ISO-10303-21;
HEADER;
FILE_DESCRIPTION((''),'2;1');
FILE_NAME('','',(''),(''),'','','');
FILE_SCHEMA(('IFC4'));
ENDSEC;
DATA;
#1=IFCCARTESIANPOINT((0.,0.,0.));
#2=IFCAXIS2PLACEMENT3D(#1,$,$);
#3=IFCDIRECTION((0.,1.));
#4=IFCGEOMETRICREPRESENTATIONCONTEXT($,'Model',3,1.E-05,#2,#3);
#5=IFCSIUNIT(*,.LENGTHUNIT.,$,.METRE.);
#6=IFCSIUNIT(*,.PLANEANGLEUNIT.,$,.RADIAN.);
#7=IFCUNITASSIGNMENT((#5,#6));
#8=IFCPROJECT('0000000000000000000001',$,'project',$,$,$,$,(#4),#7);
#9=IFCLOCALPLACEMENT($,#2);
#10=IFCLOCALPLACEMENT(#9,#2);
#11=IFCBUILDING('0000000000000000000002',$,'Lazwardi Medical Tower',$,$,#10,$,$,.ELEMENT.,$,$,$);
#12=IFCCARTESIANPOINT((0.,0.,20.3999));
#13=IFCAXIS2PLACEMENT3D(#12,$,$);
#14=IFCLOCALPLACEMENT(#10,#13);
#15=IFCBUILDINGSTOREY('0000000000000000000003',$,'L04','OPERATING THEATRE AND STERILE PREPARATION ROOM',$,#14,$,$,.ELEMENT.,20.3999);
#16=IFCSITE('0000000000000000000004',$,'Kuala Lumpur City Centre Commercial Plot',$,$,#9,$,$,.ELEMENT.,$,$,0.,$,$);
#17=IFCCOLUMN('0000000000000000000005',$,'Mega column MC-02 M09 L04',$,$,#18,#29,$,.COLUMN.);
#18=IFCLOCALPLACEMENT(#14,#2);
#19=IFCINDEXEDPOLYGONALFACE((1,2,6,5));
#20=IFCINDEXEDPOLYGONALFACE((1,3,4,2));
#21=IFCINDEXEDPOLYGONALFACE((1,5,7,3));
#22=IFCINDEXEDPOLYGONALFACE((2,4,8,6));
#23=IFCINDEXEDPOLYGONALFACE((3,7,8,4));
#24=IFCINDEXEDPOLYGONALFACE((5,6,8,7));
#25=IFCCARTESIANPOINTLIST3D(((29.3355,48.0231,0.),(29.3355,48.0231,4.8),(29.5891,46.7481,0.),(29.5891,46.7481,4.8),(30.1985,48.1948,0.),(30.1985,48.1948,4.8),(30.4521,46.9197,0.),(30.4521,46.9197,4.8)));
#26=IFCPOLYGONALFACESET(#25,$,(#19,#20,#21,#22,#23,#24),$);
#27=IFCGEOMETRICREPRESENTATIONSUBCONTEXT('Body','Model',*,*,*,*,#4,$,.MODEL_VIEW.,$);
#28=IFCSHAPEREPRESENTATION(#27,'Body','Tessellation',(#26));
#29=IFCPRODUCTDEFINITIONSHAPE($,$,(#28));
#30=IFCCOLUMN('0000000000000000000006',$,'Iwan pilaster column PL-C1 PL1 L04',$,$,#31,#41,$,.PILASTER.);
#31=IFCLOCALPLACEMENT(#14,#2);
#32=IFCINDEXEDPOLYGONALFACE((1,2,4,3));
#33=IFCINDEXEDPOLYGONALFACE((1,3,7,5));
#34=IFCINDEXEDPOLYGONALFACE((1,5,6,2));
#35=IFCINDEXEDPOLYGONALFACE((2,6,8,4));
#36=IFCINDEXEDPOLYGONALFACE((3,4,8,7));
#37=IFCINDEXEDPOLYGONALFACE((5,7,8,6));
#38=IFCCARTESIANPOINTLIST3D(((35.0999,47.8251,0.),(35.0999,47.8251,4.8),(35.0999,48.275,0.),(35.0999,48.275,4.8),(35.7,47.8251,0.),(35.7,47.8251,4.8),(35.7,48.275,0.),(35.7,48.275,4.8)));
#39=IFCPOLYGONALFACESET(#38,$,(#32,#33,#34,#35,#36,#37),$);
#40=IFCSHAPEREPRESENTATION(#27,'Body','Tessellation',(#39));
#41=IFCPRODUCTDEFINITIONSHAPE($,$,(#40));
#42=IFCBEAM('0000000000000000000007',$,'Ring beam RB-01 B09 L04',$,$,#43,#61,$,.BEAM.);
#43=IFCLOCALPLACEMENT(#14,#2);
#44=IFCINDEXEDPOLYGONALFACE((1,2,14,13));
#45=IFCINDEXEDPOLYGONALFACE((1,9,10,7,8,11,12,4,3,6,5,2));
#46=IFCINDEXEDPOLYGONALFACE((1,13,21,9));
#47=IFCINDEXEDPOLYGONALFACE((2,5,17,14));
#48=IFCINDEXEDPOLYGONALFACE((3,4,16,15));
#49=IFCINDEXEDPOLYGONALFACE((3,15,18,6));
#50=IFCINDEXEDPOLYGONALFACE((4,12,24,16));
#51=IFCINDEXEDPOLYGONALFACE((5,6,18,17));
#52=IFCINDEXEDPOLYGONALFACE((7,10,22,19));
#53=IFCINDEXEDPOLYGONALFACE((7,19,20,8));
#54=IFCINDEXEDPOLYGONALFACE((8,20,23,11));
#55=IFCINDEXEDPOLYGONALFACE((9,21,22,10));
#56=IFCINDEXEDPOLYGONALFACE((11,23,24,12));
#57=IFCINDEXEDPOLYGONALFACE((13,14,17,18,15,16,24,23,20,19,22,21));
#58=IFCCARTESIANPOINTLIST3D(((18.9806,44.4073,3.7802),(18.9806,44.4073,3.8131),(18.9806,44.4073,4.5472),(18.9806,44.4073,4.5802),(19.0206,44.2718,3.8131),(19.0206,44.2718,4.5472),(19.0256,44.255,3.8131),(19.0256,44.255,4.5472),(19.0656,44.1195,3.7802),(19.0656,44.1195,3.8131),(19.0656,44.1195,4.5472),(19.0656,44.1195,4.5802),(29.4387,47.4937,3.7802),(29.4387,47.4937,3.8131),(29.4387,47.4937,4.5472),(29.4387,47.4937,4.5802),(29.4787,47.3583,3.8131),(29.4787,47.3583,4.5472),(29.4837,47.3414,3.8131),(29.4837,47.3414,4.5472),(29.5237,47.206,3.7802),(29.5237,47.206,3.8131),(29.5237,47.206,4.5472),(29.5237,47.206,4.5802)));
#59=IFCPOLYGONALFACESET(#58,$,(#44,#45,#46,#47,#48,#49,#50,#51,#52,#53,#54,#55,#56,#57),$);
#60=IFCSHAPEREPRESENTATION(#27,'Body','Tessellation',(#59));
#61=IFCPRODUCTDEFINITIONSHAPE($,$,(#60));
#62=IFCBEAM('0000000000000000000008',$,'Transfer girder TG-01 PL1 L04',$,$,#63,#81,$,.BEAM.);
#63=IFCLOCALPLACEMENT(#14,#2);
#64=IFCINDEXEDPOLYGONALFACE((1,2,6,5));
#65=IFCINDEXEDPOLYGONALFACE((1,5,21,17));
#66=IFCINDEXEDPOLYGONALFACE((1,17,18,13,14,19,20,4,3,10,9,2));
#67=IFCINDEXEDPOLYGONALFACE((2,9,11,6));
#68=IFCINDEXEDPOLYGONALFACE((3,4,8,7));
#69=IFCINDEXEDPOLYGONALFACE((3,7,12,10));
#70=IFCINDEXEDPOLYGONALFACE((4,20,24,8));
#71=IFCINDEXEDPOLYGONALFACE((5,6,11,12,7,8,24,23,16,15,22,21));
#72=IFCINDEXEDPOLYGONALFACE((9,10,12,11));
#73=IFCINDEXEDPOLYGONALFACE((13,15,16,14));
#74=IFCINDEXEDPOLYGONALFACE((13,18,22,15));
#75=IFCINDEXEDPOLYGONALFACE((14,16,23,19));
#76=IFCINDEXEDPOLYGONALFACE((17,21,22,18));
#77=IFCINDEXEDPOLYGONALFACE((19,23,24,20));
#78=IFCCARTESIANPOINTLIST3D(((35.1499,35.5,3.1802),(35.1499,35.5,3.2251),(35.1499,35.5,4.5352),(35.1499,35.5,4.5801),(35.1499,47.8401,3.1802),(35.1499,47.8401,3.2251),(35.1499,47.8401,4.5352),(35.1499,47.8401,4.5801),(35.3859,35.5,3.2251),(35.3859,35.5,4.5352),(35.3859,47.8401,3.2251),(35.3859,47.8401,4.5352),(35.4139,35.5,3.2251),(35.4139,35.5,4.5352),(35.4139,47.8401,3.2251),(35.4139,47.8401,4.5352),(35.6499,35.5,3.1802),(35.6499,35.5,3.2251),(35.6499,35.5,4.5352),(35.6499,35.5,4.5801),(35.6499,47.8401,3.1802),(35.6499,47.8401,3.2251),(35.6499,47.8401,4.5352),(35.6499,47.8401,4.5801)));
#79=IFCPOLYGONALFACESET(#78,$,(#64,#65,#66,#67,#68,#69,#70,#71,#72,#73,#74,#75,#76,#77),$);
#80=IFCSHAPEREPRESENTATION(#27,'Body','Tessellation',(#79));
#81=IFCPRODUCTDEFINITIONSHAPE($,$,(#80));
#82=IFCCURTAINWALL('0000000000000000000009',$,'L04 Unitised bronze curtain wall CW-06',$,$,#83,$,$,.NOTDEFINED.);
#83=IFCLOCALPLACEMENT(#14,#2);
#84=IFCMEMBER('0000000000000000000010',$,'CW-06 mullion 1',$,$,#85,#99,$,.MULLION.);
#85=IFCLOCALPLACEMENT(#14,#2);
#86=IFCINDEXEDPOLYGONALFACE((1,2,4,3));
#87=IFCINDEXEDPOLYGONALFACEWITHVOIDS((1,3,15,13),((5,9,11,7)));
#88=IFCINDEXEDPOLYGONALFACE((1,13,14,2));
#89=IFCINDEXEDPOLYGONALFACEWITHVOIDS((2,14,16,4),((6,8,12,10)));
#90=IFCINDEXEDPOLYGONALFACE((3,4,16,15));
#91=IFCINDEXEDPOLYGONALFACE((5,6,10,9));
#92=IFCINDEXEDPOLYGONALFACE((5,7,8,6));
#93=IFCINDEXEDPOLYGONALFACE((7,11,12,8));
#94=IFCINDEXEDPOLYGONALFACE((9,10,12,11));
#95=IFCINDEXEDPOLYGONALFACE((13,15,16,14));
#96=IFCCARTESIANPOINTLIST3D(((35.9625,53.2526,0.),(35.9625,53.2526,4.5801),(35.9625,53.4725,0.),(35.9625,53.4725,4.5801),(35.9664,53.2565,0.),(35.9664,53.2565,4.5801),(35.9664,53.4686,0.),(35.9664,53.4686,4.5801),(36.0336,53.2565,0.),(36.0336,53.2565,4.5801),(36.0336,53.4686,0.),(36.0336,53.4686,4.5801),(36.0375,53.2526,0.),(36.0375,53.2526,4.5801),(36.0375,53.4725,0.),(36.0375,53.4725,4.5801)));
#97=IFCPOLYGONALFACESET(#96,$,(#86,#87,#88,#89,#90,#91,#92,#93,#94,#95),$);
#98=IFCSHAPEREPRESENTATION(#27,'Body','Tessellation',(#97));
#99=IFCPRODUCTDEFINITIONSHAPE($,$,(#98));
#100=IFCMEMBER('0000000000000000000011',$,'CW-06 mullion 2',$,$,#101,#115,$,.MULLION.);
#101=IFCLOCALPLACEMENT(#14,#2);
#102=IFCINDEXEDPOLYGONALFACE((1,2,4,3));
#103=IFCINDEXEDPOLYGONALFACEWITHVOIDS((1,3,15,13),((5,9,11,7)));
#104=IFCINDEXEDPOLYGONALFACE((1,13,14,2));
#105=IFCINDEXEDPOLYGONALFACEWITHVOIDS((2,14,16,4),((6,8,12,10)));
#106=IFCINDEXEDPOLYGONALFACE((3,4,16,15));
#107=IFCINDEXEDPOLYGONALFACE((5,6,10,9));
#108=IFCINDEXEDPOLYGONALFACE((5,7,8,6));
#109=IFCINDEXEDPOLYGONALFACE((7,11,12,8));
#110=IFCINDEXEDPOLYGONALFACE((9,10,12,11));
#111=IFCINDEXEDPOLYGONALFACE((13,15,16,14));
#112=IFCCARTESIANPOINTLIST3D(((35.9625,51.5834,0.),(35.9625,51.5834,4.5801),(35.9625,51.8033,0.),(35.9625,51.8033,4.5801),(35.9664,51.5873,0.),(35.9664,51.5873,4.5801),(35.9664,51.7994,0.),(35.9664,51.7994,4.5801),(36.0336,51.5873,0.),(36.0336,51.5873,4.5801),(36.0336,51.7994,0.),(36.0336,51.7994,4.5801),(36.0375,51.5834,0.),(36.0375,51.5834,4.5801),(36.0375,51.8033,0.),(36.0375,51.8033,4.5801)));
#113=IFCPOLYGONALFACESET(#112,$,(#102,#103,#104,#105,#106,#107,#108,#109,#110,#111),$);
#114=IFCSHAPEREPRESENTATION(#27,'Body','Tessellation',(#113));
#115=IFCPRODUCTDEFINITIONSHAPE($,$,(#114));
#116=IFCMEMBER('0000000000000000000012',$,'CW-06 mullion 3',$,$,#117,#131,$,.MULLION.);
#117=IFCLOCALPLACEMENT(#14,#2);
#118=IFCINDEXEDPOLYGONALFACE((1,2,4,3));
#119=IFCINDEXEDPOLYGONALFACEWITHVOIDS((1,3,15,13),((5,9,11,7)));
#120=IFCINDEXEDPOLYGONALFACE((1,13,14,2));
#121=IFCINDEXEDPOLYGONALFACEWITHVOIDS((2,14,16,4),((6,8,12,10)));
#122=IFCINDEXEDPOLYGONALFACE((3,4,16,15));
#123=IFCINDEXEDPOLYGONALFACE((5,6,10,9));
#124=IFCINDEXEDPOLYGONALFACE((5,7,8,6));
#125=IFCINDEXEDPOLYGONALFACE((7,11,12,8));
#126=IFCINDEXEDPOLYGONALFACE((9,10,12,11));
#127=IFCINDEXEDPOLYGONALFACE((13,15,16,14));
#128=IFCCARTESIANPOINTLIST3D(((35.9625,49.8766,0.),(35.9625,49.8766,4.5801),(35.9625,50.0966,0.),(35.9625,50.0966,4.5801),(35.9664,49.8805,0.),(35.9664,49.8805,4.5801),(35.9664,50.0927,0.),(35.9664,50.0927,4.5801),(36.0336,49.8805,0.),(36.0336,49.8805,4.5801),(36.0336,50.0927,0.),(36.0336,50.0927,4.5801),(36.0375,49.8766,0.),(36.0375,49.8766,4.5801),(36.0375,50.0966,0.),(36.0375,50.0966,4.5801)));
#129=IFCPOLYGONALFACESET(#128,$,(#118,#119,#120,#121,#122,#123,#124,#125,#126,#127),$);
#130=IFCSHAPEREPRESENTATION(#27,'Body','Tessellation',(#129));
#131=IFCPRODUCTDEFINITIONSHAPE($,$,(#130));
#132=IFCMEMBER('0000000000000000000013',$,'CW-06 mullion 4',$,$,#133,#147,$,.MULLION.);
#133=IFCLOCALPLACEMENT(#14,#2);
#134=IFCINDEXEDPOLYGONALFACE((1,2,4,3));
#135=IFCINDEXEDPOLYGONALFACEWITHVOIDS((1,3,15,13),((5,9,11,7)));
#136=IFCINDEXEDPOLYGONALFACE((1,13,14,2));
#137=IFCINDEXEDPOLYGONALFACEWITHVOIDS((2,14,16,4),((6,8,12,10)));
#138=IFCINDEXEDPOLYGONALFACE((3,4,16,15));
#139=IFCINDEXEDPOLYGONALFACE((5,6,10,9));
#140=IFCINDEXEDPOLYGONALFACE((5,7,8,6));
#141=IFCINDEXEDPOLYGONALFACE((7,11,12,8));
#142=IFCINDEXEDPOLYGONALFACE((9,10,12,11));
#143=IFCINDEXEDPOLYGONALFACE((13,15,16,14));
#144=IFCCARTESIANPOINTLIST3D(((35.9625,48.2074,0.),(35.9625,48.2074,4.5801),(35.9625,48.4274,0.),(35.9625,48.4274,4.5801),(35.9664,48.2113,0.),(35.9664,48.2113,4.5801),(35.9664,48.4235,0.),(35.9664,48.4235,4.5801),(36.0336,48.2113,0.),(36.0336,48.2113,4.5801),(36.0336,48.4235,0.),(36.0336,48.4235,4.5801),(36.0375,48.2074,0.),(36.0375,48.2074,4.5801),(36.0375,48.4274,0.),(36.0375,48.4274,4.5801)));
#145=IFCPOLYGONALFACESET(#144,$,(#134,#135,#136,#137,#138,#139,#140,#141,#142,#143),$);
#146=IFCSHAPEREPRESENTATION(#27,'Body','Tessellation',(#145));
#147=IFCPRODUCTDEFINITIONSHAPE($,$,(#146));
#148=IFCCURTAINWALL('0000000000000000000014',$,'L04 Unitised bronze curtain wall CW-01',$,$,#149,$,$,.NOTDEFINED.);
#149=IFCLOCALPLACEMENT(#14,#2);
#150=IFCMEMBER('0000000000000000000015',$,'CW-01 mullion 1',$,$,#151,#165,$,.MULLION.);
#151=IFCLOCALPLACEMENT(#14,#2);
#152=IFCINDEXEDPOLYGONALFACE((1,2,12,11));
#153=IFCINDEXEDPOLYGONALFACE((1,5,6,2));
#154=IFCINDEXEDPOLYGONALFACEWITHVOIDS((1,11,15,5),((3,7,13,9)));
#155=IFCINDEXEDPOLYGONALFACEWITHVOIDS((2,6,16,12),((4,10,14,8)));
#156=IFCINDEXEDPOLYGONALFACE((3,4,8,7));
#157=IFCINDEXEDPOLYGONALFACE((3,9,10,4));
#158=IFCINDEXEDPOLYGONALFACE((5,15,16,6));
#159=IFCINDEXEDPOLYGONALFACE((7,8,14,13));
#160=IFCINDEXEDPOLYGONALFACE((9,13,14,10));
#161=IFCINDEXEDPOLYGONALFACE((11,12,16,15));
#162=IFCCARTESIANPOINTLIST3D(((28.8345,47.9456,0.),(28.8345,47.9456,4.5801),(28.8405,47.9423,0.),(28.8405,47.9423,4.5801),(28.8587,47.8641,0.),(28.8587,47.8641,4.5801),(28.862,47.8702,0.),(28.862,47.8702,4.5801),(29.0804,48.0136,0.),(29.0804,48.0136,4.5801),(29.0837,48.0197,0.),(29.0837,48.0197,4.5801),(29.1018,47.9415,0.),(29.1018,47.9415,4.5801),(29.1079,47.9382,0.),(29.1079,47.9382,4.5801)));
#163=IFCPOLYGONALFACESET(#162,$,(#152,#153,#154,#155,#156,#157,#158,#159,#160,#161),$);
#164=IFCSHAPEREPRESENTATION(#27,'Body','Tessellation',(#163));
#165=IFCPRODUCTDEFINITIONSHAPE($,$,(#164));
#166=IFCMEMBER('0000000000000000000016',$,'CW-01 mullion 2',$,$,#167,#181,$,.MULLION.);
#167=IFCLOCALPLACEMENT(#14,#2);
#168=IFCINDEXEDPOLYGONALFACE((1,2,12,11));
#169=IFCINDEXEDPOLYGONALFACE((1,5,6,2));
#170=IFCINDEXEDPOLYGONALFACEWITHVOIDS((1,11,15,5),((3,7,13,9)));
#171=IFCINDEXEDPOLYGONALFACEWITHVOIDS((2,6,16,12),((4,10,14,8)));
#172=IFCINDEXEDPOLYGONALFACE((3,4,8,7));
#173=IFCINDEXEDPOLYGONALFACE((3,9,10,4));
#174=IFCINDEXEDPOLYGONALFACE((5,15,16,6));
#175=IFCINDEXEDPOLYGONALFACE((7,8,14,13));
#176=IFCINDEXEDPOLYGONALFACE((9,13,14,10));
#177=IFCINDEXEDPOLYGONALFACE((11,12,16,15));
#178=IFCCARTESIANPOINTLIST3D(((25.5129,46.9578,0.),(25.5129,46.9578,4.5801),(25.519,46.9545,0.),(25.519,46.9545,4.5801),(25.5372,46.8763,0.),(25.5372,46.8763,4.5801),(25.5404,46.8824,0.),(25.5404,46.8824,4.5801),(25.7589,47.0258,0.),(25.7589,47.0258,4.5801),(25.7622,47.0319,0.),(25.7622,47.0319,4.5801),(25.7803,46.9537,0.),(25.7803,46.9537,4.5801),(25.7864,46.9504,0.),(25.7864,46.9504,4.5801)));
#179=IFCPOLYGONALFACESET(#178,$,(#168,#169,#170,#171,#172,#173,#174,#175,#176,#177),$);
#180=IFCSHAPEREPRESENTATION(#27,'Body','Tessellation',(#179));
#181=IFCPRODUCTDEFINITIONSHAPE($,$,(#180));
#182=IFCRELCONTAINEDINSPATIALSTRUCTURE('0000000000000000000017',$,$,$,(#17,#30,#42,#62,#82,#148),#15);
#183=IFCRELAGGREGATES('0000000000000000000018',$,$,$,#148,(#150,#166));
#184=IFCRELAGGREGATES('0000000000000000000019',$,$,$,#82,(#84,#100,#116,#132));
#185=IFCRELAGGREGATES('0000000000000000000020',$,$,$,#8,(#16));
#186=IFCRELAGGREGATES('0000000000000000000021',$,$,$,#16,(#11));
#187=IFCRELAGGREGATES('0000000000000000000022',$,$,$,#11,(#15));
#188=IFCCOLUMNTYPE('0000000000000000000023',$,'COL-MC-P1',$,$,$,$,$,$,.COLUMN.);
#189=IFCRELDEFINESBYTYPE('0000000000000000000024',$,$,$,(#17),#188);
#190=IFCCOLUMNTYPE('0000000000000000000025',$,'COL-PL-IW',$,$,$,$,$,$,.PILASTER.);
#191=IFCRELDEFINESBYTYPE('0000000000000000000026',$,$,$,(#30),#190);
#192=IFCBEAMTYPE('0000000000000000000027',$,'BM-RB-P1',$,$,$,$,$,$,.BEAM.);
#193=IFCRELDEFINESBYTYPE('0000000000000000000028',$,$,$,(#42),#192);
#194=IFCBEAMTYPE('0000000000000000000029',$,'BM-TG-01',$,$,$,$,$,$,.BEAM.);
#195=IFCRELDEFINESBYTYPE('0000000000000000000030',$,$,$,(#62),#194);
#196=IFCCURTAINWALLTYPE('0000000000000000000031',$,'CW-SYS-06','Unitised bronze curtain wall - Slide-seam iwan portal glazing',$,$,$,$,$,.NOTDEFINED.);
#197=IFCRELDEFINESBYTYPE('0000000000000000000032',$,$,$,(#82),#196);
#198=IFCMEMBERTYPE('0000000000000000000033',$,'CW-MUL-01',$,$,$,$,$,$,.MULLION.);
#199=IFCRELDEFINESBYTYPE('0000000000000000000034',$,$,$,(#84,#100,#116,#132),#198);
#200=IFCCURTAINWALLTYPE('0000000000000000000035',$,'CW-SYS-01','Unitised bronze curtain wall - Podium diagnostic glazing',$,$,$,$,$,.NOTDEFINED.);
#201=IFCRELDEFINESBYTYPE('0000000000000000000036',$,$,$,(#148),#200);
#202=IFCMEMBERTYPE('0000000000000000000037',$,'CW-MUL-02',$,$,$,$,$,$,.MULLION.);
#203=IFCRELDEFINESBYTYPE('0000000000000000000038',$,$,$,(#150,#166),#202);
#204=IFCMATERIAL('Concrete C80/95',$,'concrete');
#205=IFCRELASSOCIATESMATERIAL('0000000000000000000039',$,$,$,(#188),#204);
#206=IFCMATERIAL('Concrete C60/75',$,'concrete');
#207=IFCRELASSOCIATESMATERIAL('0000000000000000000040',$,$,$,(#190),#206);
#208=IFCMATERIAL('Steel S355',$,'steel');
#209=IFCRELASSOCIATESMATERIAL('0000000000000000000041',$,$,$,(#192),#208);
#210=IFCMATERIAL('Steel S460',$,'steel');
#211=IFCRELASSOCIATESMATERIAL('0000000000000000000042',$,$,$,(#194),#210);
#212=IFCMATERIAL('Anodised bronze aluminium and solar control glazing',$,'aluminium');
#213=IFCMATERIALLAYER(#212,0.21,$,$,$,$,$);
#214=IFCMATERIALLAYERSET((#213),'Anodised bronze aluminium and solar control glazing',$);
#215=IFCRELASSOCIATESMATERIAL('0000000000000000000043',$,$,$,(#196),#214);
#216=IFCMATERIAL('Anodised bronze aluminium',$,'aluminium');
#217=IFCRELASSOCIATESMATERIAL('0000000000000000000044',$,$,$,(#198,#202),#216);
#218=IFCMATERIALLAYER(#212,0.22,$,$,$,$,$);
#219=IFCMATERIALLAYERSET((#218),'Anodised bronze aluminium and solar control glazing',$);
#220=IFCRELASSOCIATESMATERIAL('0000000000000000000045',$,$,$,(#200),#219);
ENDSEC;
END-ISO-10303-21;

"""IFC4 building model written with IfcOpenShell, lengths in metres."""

from ifc_helpers import new_model, si_unit, direction, frame, origin, origin_2d, place, context, subcontext, project, spatial, rectangle, hollow_rectangle, i_section, extrude, material, layer, layer_set, material_profile, profile_set, type_object, element, aggregate, save


model = new_model("IFC4")

# Units and contexts
model_context = context("Model", 3, precision=1e-05, world=origin(), true_north=direction((0.0, 1.0)))
body_context = subcontext(model_context, "Body", "Model", "MODEL_VIEW")
ifc_project = project(units=[si_unit("LENGTHUNIT", "METRE"), si_unit("PLANEANGLEUNIT", "RADIAN")], contexts=[model_context])

# Site, building, storey
site_placement = place(None, origin())
site = spatial("IfcSite", under=ifc_project, at=site_placement, Name="Kuala Lumpur City Centre Commercial Plot", CompositionType="ELEMENT", RefElevation=0.0)
building_placement = place(site_placement, origin())
building = spatial("IfcBuilding", under=site, at=building_placement, Name="Lazwardi Medical Tower", CompositionType="ELEMENT")
storey_placement = place(building_placement, frame((0.0, 0.0, 20.3999)))
storey = spatial("IfcBuildingStorey", under=building, at=storey_placement, Name="L04", Description="OPERATING THEATRE AND STERILE PREPARATION ROOM", CompositionType="ELEMENT", Elevation=20.3999)

# Columns
ifc_material_1 = material(Name="Concrete C80/95", Category="concrete")
ifc_material_profile_1 = material_profile(ifc_material_1, rectangle(XDim=1.3, YDim=0.8799, at=origin_2d()), Name="CFT-RECT 1300x880")
ifc_profile_set_1 = profile_set([ifc_material_profile_1], Name="Concrete C80/95")
column_type_1 = type_object("IfcColumnType", Name="COL-MC-P1", PredefinedType="COLUMN", material=ifc_profile_set_1)
column_1_placement = place(storey_placement, frame((29.8938, 47.4714, 0.0), z_axis=(0.0, 0.0, 1.0), x_axis=(-0.19509, 0.980785, 0.0)))
element("IfcColumn", 1, at=column_1_placement, inside=storey, type_object=column_type_1, Name="Mega column MC-02 M09 L04", PredefinedType="COLUMN", context=body_context, shape_type="SweptSolid", body=[
    extrude(rectangle(XDim=1.3, YDim=0.8799, at=origin_2d()), origin(), (0.0, 0.0, 1.0), 4.8),
])
ifc_material_2 = material(Name="Concrete C60/75", Category="concrete")
ifc_material_profile_2 = material_profile(ifc_material_2, rectangle(XDim=0.6001, YDim=0.45, at=origin_2d()), Name="RC 600x450")
ifc_profile_set_2 = profile_set([ifc_material_profile_2], Name="Concrete C60/75")
column_type_2 = type_object("IfcColumnType", Name="COL-PL-IW", PredefinedType="PILASTER", material=ifc_profile_set_2)
column_2_placement = place(storey_placement, frame((35.3999, 48.05, 0.0), z_axis=(0.0, 0.0, 1.0), x_axis=(1.0, 0.0, 0.0)))
element("IfcColumn", 2, at=column_2_placement, inside=storey, type_object=column_type_2, Name="Iwan pilaster column PL-C1 PL1 L04", PredefinedType="PILASTER", context=body_context, shape_type="SweptSolid", body=[
    extrude(rectangle(XDim=0.6001, YDim=0.45, at=origin_2d()), origin(), (0.0, 0.0, 1.0), 4.8),
])

# Beams
ifc_material_3 = material(Name="Steel S355", Category="steel")
ifc_material_profile_3 = material_profile(ifc_material_3, i_section(OverallWidth=0.3, OverallDepth=0.8, WebThickness=0.0176, FlangeThickness=0.033, at=origin_2d()), Name="HEB 800")
ifc_profile_set_3 = profile_set([ifc_material_profile_3], Name="Steel S355")
beam_type_1 = type_object("IfcBeamType", Name="BM-RB-P1", PredefinedType="BEAM", material=ifc_profile_set_3)
beam_1_placement = place(storey_placement, frame((29.4812, 47.3499, 4.1802), z_axis=(-0.959103, -0.283056, 0.0), x_axis=(0.283056, -0.959103, 0.0)))
element("IfcBeam", 3, at=beam_1_placement, inside=storey, type_object=beam_type_1, Name="Ring beam RB-01 B09 L04", PredefinedType="BEAM", context=body_context, shape_type="SweptSolid", body=[
    extrude(i_section(OverallWidth=0.3, OverallDepth=0.8, WebThickness=0.0176, FlangeThickness=0.033, at=origin_2d()), origin(), (0.0, 0.0, 1.0), 10.9041),
])
ifc_material_4 = material(Name="Steel S460", Category="steel")
ifc_material_profile_4 = material_profile(ifc_material_4, i_section(OverallWidth=0.5, OverallDepth=1.3999, WebThickness=0.0281, FlangeThickness=0.0449, at=origin_2d()), Name="PG 1400x500")
ifc_profile_set_4 = profile_set([ifc_material_profile_4], Name="Steel S460")
beam_type_2 = type_object("IfcBeamType", Name="BM-TG-01", PredefinedType="BEAM", material=ifc_profile_set_4)
beam_2_placement = place(storey_placement, frame((35.3999, 47.8401, 3.8801), z_axis=(0.0, -1.0, 0.0), x_axis=(1.0, 0.0, 0.0)))
element("IfcBeam", 4, at=beam_2_placement, inside=storey, type_object=beam_type_2, Name="Transfer girder TG-01 PL1 L04", PredefinedType="BEAM", context=body_context, shape_type="SweptSolid", body=[
    extrude(i_section(OverallWidth=0.5, OverallDepth=1.3999, WebThickness=0.0281, FlangeThickness=0.0449, at=origin_2d()), origin(), (0.0, 0.0, 1.0), 12.3401),
])

# Curtain walls, members
ifc_material_5 = material(Name="Anodised bronze aluminium and solar control glazing", Category="aluminium")
ifc_layer_1 = layer(ifc_material_5, 0.21)
ifc_layer_set_1 = layer_set([ifc_layer_1], Name="Anodised bronze aluminium and solar control glazing")
curtain_wall_type_1 = type_object("IfcCurtainWallType", Name="CW-SYS-06", Description="Unitised bronze curtain wall - Slide-seam iwan portal glazing", PredefinedType="NOTDEFINED", material=ifc_layer_set_1)
curtain_wall_1_placement = place(storey_placement, origin())
curtain_wall_1 = element("IfcCurtainWall", 5, at=curtain_wall_1_placement, inside=storey, type_object=curtain_wall_type_1, Name="L04 Unitised bronze curtain wall CW-06", PredefinedType="NOTDEFINED")
ifc_material_6 = material(Name="Anodised bronze aluminium", Category="aluminium")
ifc_material_profile_5 = material_profile(ifc_material_6, hollow_rectangle(XDim=0.075, YDim=0.22, WallThickness=0.0039, at=origin_2d()), Name="ALU-MULLION 220x75x4")
ifc_profile_set_5 = profile_set([ifc_material_profile_5], Name="Anodised bronze aluminium")
member_type_1 = type_object("IfcMemberType", Name="CW-MUL-01", PredefinedType="MULLION", material=ifc_profile_set_5)
member_1_placement = place(storey_placement, frame((36.0, 53.3625, 0.0), z_axis=(0.0, 0.0, 1.0), x_axis=(1.0, 0.0, 0.0)))
member_1 = element("IfcMember", 6, at=member_1_placement, type_object=member_type_1, Name="CW-06 mullion 1", PredefinedType="MULLION", context=body_context, shape_type="SweptSolid", body=[
    extrude(hollow_rectangle(XDim=0.075, YDim=0.22, WallThickness=0.0039, at=origin_2d()), origin(), (0.0, 0.0, 1.0), 4.5801),
])
member_2_placement = place(storey_placement, frame((36.0, 51.6934, 0.0), z_axis=(0.0, 0.0, 1.0), x_axis=(1.0, 0.0, 0.0)))
member_2 = element("IfcMember", 7, at=member_2_placement, type_object=member_type_1, Name="CW-06 mullion 2", PredefinedType="MULLION", context=body_context, shape_type="SweptSolid", body=[
    extrude(hollow_rectangle(XDim=0.075, YDim=0.22, WallThickness=0.0039, at=origin_2d()), origin(), (0.0, 0.0, 1.0), 4.5801),
])
member_3_placement = place(storey_placement, frame((36.0, 49.9866, 0.0), z_axis=(0.0, 0.0, 1.0), x_axis=(1.0, 0.0, 0.0)))
member_3 = element("IfcMember", 8, at=member_3_placement, type_object=member_type_1, Name="CW-06 mullion 3", PredefinedType="MULLION", context=body_context, shape_type="SweptSolid", body=[
    extrude(hollow_rectangle(XDim=0.075, YDim=0.22, WallThickness=0.0039, at=origin_2d()), origin(), (0.0, 0.0, 1.0), 4.5801),
])
member_4_placement = place(storey_placement, frame((36.0, 48.3174, 0.0), z_axis=(0.0, 0.0, 1.0), x_axis=(1.0, 0.0, 0.0)))
member_4 = element("IfcMember", 9, at=member_4_placement, type_object=member_type_1, Name="CW-06 mullion 4", PredefinedType="MULLION", context=body_context, shape_type="SweptSolid", body=[
    extrude(hollow_rectangle(XDim=0.075, YDim=0.22, WallThickness=0.0039, at=origin_2d()), origin(), (0.0, 0.0, 1.0), 4.5801),
])
ifc_layer_2 = layer(ifc_material_5, 0.22)
ifc_layer_set_2 = layer_set([ifc_layer_2], Name="Anodised bronze aluminium and solar control glazing")
curtain_wall_type_2 = type_object("IfcCurtainWallType", Name="CW-SYS-01", Description="Unitised bronze curtain wall - Podium diagnostic glazing", PredefinedType="NOTDEFINED", material=ifc_layer_set_2)
curtain_wall_2_placement = place(storey_placement, origin())
curtain_wall_2 = element("IfcCurtainWall", 10, at=curtain_wall_2_placement, inside=storey, type_object=curtain_wall_type_2, Name="L04 Unitised bronze curtain wall CW-01", PredefinedType="NOTDEFINED")
ifc_material_profile_6 = material_profile(ifc_material_6, hollow_rectangle(XDim=0.085, YDim=0.26, WallThickness=0.0049, at=origin_2d()), Name="ALU-MULLION 260x85x5")
ifc_profile_set_6 = profile_set([ifc_material_profile_6], Name="Anodised bronze aluminium")
member_type_2 = type_object("IfcMemberType", Name="CW-MUL-02", PredefinedType="MULLION", material=ifc_profile_set_6)
member_5_placement = place(storey_placement, frame((28.9712, 47.9419, 0.0), z_axis=(0.0, 0.0, 1.0), x_axis=(0.285047, -0.958513, 0.0)))
member_5 = element("IfcMember", 11, at=member_5_placement, type_object=member_type_2, Name="CW-01 mullion 1", PredefinedType="MULLION", context=body_context, shape_type="SweptSolid", body=[
    extrude(hollow_rectangle(XDim=0.085, YDim=0.26, WallThickness=0.0049, at=origin_2d()), origin(), (0.0, 0.0, 1.0), 4.5801),
])
member_6_placement = place(storey_placement, frame((25.6497, 46.9541, 0.0), z_axis=(0.0, 0.0, 1.0), x_axis=(0.285047, -0.958513, 0.0)))
member_6 = element("IfcMember", 12, at=member_6_placement, type_object=member_type_2, Name="CW-01 mullion 2", PredefinedType="MULLION", context=body_context, shape_type="SweptSolid", body=[
    extrude(hollow_rectangle(XDim=0.085, YDim=0.26, WallThickness=0.0049, at=origin_2d()), origin(), (0.0, 0.0, 1.0), 4.5801),
])

aggregate(curtain_wall_2, [member_5, member_6])
aggregate(curtain_wall_1, [member_1, member_2, member_3, member_4])

save(model, "model.ifc")
